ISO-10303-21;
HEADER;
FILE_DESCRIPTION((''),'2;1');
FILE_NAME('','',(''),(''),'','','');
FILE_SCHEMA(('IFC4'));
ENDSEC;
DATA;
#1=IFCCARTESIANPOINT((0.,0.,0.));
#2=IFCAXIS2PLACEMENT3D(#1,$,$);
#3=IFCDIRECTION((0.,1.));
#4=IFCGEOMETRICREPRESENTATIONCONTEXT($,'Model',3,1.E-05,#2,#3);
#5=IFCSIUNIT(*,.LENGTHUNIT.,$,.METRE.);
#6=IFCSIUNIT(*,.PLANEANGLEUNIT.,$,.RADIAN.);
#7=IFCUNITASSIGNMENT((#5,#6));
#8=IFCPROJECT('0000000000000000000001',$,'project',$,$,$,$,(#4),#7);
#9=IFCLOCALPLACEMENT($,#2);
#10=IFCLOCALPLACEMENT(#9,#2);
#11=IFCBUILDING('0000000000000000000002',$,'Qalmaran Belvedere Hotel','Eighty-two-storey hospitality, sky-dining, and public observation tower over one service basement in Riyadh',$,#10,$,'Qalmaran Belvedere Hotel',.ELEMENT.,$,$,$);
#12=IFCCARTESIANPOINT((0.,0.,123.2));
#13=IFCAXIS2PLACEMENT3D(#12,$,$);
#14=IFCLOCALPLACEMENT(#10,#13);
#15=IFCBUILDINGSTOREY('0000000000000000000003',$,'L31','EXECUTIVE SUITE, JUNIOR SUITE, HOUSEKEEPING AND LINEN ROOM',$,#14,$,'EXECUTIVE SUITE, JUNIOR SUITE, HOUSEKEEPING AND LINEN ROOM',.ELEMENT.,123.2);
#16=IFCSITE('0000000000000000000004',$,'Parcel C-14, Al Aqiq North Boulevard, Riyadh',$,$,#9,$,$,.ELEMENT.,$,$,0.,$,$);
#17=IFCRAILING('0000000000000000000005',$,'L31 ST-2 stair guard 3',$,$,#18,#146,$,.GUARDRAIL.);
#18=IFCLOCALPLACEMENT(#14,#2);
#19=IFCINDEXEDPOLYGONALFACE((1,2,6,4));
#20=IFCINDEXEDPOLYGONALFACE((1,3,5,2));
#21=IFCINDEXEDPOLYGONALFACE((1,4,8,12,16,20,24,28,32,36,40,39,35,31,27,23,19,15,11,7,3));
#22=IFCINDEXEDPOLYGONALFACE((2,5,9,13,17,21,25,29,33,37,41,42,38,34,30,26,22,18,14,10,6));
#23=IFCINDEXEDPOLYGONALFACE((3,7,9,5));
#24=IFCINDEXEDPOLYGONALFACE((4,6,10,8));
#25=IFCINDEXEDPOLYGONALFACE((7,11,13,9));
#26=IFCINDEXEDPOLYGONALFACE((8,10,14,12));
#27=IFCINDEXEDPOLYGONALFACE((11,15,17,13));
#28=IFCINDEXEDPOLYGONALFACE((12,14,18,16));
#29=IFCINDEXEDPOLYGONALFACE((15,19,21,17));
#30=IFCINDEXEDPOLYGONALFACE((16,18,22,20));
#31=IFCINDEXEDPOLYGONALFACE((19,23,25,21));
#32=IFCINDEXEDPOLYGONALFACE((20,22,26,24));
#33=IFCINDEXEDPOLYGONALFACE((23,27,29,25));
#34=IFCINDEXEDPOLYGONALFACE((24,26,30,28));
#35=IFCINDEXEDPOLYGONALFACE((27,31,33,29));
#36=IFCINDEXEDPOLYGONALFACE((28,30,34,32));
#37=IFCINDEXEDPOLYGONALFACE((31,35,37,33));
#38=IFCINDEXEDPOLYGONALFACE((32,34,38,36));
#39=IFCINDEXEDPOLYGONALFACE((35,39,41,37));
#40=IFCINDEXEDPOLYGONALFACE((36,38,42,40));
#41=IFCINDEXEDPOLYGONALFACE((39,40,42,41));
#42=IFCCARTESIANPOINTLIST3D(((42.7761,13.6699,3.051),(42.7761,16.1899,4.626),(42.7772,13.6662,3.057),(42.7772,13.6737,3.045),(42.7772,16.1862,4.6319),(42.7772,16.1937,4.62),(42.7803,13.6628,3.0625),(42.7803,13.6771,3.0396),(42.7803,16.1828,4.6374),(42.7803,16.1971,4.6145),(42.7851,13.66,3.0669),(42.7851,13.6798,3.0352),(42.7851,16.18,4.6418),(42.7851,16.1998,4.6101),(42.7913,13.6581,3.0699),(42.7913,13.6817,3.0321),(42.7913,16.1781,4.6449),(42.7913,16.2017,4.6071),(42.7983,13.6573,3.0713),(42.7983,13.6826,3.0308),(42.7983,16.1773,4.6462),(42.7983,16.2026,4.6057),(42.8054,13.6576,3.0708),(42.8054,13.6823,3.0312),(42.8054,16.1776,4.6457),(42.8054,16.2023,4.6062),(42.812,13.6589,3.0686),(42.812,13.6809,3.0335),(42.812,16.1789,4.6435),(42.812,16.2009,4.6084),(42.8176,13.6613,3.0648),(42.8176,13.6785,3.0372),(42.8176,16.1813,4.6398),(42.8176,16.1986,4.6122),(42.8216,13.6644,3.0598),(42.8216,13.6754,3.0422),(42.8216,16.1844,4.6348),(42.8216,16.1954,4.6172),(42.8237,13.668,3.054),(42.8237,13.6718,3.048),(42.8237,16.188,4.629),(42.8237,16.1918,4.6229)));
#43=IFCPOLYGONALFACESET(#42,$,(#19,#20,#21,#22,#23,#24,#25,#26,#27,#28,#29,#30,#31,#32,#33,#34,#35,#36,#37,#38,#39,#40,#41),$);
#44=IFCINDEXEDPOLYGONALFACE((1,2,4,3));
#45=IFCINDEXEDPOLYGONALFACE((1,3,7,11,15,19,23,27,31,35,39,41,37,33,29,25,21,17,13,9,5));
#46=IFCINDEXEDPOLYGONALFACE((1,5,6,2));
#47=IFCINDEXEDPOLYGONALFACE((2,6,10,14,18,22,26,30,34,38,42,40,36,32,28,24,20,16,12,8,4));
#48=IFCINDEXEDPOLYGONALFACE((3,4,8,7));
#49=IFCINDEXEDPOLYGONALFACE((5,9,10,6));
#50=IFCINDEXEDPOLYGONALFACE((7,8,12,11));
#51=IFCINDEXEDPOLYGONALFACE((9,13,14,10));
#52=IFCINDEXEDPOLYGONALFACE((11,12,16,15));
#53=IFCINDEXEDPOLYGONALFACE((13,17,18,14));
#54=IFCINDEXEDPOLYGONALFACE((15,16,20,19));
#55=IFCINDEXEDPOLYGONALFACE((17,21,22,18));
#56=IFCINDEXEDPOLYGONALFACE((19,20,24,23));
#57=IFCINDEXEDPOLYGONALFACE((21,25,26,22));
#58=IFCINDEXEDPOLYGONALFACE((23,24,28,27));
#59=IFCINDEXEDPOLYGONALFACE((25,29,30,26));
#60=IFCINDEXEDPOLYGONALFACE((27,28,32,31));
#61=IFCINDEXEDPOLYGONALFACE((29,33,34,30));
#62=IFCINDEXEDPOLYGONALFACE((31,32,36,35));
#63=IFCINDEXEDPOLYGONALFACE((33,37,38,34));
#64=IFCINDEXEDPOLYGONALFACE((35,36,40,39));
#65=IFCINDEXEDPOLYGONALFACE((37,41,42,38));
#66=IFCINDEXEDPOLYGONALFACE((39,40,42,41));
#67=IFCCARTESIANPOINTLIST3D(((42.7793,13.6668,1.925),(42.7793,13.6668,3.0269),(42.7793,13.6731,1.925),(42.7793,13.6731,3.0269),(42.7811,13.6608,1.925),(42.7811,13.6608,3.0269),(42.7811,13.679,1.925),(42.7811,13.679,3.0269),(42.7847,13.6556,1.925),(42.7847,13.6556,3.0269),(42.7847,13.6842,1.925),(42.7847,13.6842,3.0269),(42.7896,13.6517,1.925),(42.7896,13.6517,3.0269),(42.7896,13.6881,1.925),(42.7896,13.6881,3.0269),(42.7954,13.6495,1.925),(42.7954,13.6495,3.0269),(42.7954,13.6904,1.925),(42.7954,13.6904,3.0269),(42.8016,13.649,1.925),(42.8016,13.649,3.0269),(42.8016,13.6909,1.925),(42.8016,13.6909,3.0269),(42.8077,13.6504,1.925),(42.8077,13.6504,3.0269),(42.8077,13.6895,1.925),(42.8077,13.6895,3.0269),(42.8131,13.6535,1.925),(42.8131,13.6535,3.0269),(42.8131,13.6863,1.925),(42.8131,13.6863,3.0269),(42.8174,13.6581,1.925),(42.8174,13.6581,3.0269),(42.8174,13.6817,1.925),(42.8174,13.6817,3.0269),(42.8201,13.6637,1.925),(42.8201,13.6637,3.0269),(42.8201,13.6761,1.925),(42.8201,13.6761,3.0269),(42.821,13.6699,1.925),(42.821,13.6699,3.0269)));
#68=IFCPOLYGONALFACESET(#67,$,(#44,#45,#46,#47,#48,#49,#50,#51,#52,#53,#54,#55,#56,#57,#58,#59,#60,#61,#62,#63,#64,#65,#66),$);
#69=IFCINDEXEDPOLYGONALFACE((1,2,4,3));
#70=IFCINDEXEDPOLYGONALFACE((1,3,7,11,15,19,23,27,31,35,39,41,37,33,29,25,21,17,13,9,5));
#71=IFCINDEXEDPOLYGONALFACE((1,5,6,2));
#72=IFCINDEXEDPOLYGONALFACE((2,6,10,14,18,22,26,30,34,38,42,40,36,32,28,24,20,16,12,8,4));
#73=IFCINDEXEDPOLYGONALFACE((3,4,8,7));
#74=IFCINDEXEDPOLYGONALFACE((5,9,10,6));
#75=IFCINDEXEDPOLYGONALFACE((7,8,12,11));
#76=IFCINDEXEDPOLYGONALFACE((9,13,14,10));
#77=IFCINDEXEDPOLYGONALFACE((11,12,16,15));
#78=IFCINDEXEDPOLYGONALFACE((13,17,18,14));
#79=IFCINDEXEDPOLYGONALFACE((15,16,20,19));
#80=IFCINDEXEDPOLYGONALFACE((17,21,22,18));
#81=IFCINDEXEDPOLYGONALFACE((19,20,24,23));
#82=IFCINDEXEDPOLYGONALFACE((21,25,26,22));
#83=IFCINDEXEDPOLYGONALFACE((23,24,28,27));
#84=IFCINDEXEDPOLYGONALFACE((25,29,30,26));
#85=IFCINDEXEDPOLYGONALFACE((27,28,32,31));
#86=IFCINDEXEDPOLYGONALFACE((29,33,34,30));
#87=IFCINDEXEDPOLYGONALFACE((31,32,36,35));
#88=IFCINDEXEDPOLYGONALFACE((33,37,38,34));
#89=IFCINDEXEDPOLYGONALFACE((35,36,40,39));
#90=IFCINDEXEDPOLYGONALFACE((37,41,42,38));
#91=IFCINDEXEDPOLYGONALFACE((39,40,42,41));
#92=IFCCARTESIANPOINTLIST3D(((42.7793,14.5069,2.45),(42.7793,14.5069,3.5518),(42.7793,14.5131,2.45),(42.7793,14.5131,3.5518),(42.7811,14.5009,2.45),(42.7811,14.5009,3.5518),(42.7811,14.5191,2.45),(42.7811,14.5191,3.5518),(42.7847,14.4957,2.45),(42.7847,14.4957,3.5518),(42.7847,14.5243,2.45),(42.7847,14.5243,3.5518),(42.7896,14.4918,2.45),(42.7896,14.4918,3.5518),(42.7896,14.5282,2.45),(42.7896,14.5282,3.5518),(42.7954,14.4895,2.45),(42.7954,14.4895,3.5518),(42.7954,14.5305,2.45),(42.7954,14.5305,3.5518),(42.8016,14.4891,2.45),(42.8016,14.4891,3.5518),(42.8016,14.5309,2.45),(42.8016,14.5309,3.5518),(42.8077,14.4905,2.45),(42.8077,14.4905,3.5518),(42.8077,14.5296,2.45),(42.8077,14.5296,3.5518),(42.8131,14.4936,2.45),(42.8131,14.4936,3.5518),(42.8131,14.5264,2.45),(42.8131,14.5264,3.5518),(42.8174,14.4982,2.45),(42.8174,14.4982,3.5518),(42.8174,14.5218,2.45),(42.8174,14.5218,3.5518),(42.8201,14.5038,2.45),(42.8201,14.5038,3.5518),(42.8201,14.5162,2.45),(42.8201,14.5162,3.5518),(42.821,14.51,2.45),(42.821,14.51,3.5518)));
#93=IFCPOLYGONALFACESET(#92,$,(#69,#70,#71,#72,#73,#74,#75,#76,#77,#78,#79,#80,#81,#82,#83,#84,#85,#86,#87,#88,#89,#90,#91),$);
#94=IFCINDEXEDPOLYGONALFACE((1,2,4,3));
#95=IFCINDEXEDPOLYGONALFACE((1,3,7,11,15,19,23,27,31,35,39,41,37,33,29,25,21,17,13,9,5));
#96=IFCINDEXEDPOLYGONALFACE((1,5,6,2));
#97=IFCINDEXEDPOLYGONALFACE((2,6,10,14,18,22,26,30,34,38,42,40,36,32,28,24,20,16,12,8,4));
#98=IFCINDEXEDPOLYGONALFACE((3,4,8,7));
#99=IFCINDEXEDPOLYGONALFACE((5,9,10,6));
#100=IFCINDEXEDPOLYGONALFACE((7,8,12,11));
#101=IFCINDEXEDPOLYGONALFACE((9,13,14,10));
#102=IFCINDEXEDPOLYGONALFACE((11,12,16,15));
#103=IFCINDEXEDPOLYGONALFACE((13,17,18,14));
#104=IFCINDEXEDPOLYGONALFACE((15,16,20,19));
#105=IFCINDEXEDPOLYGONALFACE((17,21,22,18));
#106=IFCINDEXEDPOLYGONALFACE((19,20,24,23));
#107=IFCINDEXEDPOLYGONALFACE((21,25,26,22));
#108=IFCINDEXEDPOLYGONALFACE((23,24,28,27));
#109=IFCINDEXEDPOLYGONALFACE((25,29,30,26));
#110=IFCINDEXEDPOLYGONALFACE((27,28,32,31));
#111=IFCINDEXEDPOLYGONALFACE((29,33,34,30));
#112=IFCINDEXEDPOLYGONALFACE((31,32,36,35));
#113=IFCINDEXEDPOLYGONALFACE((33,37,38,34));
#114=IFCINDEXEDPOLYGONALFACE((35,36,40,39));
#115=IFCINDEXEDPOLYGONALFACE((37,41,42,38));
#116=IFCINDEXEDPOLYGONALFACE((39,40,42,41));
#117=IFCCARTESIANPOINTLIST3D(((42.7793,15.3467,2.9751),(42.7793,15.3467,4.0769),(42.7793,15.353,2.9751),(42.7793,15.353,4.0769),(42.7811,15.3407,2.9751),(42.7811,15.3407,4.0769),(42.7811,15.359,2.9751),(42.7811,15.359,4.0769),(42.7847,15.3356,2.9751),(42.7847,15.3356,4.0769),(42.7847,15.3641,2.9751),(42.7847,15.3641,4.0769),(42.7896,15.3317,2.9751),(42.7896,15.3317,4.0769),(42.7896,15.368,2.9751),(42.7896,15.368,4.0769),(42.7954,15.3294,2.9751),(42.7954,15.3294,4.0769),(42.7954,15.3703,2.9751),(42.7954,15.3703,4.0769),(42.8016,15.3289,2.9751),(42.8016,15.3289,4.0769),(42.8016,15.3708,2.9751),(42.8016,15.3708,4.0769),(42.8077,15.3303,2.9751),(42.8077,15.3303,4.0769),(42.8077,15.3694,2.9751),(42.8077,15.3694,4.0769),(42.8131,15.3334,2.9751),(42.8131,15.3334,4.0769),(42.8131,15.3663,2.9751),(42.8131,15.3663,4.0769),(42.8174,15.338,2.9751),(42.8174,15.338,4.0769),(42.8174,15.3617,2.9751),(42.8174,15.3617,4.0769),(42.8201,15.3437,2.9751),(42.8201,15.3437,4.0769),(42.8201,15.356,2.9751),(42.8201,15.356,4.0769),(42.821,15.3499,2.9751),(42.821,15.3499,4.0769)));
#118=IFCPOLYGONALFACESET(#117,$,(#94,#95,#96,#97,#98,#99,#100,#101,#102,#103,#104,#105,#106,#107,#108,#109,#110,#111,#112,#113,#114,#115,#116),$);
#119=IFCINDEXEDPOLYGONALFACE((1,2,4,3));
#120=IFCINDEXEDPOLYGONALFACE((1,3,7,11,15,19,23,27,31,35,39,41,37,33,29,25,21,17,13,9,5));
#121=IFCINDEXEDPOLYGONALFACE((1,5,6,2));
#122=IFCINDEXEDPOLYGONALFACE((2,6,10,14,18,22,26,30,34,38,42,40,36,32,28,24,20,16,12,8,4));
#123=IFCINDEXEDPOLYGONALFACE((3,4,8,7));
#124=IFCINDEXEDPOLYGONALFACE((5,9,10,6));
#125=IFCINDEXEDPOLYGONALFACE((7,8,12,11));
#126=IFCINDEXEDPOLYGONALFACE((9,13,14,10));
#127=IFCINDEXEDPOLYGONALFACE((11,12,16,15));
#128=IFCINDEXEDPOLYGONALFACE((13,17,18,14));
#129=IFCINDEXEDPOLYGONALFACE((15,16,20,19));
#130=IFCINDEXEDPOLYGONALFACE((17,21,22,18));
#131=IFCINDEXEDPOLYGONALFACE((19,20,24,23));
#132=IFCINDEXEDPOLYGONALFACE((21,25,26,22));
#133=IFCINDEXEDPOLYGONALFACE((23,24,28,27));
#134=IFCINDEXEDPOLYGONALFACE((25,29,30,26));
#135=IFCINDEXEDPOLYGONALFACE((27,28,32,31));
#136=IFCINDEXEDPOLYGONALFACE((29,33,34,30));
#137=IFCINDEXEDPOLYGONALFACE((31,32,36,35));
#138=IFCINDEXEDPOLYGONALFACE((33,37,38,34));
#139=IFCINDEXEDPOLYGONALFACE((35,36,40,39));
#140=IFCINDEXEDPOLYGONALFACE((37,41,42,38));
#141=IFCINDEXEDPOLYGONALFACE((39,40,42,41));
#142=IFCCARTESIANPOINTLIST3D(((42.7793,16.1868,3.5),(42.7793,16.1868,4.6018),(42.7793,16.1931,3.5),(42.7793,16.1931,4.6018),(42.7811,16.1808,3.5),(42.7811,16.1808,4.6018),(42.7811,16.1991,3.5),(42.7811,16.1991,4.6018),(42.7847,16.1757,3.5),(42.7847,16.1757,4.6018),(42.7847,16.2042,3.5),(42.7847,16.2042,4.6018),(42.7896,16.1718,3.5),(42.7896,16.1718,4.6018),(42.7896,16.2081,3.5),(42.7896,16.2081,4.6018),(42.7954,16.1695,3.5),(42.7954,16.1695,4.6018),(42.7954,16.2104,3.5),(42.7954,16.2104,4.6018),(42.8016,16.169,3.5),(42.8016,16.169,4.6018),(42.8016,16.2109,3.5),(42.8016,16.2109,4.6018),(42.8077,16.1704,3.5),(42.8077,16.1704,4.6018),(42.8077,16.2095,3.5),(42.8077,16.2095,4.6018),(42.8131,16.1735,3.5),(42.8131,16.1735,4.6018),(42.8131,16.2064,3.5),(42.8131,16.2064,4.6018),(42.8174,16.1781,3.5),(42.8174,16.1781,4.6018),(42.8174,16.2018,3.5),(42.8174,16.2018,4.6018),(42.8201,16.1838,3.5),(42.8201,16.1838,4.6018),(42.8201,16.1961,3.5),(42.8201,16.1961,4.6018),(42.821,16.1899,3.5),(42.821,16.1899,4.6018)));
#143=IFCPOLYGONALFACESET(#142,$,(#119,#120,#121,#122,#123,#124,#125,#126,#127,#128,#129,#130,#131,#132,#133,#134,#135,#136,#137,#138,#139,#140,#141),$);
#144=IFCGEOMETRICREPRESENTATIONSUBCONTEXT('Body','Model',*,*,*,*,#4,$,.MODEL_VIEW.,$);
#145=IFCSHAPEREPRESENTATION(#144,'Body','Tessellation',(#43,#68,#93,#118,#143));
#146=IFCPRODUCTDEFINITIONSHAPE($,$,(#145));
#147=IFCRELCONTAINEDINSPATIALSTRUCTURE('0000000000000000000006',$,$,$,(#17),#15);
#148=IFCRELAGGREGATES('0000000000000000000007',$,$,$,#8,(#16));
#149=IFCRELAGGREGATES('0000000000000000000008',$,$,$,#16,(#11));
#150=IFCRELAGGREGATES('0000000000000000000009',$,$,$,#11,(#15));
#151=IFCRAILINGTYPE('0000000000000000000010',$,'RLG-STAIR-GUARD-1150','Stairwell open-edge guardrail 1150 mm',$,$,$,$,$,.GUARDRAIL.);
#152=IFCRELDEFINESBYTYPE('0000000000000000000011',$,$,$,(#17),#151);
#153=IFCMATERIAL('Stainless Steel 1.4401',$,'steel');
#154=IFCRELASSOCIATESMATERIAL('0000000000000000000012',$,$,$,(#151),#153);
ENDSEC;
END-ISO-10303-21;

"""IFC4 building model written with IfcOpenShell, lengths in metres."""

from ifc_helpers import new_model, si_unit, direction, frame, origin, origin_2d, place, context, subcontext, project, spatial, circle, extrude, material, type_object, element, save


model = new_model("IFC4")

# Units and contexts
model_context = context("Model", 3, precision=1e-05, world=origin(), true_north=direction((0.0, 1.0)))
body_context = subcontext(model_context, "Body", "Model", "MODEL_VIEW")
ifc_project = project(units=[si_unit("LENGTHUNIT", "METRE"), si_unit("PLANEANGLEUNIT", "RADIAN")], contexts=[model_context])

# Site, building, storey
site_placement = place(None, origin())
site = spatial("IfcSite", under=ifc_project, at=site_placement, Name="Parcel C-14, Al Aqiq North Boulevard, Riyadh", CompositionType="ELEMENT", RefElevation=0.0)
building_placement = place(site_placement, origin())
building = spatial("IfcBuilding", under=site, at=building_placement, Name="Qalmaran Belvedere Hotel", Description="Eighty-two-storey hospitality, sky-dining, and public observation tower over one service basement in Riyadh", LongName="Qalmaran Belvedere Hotel", CompositionType="ELEMENT")
storey_placement = place(building_placement, frame((0.0, 0.0, 123.2)))
storey = spatial("IfcBuildingStorey", under=building, at=storey_placement, Name="L31", Description="EXECUTIVE SUITE, JUNIOR SUITE, HOUSEKEEPING AND LINEN ROOM", LongName="EXECUTIVE SUITE, JUNIOR SUITE, HOUSEKEEPING AND LINEN ROOM", CompositionType="ELEMENT", Elevation=123.2)

# Shared definitions
ifc_material_1 = material(Name="Stainless Steel 1.4401", Category="steel")

# Railing
railing_type_1 = type_object("IfcRailingType", Name="RLG-STAIR-GUARD-1150", Description="Stairwell open-edge guardrail 1150 mm", PredefinedType="GUARDRAIL", material=ifc_material_1)
railing_1_placement = place(storey_placement, frame((42.8, 13.6699, 1.925)))
element("IfcRailing", 1, at=railing_1_placement, inside=storey, type_object=railing_type_1, Name="L31 ST-2 stair guard 3", PredefinedType="GUARDRAIL", context=body_context, shape_type="SweptSolid", body=[
    extrude(circle(Radius=0.0239, at=origin_2d()), frame((0.0, 0.0, 1.126), z_axis=(0.0, 0.848008, 0.529984), x_axis=(-1.0, 0.0, 0.0)), (0.0, 0.0, 1.0), 2.9717),
    extrude(circle(Radius=0.021, at=origin_2d()), origin(), (0.0, 0.0, 1.0), 1.1018),
    extrude(circle(Radius=0.021, at=origin_2d()), frame((0.0, 0.8401, 0.5249)), (0.0, 0.0, 1.0), 1.1018),
    extrude(circle(Radius=0.021, at=origin_2d()), frame((0.0, 1.6799, 1.05)), (0.0, 0.0, 1.0), 1.1018),
    extrude(circle(Radius=0.021, at=origin_2d()), frame((0.0, 2.52, 1.575)), (0.0, 0.0, 1.0), 1.1018),
])

save(model, "model.ifc")
